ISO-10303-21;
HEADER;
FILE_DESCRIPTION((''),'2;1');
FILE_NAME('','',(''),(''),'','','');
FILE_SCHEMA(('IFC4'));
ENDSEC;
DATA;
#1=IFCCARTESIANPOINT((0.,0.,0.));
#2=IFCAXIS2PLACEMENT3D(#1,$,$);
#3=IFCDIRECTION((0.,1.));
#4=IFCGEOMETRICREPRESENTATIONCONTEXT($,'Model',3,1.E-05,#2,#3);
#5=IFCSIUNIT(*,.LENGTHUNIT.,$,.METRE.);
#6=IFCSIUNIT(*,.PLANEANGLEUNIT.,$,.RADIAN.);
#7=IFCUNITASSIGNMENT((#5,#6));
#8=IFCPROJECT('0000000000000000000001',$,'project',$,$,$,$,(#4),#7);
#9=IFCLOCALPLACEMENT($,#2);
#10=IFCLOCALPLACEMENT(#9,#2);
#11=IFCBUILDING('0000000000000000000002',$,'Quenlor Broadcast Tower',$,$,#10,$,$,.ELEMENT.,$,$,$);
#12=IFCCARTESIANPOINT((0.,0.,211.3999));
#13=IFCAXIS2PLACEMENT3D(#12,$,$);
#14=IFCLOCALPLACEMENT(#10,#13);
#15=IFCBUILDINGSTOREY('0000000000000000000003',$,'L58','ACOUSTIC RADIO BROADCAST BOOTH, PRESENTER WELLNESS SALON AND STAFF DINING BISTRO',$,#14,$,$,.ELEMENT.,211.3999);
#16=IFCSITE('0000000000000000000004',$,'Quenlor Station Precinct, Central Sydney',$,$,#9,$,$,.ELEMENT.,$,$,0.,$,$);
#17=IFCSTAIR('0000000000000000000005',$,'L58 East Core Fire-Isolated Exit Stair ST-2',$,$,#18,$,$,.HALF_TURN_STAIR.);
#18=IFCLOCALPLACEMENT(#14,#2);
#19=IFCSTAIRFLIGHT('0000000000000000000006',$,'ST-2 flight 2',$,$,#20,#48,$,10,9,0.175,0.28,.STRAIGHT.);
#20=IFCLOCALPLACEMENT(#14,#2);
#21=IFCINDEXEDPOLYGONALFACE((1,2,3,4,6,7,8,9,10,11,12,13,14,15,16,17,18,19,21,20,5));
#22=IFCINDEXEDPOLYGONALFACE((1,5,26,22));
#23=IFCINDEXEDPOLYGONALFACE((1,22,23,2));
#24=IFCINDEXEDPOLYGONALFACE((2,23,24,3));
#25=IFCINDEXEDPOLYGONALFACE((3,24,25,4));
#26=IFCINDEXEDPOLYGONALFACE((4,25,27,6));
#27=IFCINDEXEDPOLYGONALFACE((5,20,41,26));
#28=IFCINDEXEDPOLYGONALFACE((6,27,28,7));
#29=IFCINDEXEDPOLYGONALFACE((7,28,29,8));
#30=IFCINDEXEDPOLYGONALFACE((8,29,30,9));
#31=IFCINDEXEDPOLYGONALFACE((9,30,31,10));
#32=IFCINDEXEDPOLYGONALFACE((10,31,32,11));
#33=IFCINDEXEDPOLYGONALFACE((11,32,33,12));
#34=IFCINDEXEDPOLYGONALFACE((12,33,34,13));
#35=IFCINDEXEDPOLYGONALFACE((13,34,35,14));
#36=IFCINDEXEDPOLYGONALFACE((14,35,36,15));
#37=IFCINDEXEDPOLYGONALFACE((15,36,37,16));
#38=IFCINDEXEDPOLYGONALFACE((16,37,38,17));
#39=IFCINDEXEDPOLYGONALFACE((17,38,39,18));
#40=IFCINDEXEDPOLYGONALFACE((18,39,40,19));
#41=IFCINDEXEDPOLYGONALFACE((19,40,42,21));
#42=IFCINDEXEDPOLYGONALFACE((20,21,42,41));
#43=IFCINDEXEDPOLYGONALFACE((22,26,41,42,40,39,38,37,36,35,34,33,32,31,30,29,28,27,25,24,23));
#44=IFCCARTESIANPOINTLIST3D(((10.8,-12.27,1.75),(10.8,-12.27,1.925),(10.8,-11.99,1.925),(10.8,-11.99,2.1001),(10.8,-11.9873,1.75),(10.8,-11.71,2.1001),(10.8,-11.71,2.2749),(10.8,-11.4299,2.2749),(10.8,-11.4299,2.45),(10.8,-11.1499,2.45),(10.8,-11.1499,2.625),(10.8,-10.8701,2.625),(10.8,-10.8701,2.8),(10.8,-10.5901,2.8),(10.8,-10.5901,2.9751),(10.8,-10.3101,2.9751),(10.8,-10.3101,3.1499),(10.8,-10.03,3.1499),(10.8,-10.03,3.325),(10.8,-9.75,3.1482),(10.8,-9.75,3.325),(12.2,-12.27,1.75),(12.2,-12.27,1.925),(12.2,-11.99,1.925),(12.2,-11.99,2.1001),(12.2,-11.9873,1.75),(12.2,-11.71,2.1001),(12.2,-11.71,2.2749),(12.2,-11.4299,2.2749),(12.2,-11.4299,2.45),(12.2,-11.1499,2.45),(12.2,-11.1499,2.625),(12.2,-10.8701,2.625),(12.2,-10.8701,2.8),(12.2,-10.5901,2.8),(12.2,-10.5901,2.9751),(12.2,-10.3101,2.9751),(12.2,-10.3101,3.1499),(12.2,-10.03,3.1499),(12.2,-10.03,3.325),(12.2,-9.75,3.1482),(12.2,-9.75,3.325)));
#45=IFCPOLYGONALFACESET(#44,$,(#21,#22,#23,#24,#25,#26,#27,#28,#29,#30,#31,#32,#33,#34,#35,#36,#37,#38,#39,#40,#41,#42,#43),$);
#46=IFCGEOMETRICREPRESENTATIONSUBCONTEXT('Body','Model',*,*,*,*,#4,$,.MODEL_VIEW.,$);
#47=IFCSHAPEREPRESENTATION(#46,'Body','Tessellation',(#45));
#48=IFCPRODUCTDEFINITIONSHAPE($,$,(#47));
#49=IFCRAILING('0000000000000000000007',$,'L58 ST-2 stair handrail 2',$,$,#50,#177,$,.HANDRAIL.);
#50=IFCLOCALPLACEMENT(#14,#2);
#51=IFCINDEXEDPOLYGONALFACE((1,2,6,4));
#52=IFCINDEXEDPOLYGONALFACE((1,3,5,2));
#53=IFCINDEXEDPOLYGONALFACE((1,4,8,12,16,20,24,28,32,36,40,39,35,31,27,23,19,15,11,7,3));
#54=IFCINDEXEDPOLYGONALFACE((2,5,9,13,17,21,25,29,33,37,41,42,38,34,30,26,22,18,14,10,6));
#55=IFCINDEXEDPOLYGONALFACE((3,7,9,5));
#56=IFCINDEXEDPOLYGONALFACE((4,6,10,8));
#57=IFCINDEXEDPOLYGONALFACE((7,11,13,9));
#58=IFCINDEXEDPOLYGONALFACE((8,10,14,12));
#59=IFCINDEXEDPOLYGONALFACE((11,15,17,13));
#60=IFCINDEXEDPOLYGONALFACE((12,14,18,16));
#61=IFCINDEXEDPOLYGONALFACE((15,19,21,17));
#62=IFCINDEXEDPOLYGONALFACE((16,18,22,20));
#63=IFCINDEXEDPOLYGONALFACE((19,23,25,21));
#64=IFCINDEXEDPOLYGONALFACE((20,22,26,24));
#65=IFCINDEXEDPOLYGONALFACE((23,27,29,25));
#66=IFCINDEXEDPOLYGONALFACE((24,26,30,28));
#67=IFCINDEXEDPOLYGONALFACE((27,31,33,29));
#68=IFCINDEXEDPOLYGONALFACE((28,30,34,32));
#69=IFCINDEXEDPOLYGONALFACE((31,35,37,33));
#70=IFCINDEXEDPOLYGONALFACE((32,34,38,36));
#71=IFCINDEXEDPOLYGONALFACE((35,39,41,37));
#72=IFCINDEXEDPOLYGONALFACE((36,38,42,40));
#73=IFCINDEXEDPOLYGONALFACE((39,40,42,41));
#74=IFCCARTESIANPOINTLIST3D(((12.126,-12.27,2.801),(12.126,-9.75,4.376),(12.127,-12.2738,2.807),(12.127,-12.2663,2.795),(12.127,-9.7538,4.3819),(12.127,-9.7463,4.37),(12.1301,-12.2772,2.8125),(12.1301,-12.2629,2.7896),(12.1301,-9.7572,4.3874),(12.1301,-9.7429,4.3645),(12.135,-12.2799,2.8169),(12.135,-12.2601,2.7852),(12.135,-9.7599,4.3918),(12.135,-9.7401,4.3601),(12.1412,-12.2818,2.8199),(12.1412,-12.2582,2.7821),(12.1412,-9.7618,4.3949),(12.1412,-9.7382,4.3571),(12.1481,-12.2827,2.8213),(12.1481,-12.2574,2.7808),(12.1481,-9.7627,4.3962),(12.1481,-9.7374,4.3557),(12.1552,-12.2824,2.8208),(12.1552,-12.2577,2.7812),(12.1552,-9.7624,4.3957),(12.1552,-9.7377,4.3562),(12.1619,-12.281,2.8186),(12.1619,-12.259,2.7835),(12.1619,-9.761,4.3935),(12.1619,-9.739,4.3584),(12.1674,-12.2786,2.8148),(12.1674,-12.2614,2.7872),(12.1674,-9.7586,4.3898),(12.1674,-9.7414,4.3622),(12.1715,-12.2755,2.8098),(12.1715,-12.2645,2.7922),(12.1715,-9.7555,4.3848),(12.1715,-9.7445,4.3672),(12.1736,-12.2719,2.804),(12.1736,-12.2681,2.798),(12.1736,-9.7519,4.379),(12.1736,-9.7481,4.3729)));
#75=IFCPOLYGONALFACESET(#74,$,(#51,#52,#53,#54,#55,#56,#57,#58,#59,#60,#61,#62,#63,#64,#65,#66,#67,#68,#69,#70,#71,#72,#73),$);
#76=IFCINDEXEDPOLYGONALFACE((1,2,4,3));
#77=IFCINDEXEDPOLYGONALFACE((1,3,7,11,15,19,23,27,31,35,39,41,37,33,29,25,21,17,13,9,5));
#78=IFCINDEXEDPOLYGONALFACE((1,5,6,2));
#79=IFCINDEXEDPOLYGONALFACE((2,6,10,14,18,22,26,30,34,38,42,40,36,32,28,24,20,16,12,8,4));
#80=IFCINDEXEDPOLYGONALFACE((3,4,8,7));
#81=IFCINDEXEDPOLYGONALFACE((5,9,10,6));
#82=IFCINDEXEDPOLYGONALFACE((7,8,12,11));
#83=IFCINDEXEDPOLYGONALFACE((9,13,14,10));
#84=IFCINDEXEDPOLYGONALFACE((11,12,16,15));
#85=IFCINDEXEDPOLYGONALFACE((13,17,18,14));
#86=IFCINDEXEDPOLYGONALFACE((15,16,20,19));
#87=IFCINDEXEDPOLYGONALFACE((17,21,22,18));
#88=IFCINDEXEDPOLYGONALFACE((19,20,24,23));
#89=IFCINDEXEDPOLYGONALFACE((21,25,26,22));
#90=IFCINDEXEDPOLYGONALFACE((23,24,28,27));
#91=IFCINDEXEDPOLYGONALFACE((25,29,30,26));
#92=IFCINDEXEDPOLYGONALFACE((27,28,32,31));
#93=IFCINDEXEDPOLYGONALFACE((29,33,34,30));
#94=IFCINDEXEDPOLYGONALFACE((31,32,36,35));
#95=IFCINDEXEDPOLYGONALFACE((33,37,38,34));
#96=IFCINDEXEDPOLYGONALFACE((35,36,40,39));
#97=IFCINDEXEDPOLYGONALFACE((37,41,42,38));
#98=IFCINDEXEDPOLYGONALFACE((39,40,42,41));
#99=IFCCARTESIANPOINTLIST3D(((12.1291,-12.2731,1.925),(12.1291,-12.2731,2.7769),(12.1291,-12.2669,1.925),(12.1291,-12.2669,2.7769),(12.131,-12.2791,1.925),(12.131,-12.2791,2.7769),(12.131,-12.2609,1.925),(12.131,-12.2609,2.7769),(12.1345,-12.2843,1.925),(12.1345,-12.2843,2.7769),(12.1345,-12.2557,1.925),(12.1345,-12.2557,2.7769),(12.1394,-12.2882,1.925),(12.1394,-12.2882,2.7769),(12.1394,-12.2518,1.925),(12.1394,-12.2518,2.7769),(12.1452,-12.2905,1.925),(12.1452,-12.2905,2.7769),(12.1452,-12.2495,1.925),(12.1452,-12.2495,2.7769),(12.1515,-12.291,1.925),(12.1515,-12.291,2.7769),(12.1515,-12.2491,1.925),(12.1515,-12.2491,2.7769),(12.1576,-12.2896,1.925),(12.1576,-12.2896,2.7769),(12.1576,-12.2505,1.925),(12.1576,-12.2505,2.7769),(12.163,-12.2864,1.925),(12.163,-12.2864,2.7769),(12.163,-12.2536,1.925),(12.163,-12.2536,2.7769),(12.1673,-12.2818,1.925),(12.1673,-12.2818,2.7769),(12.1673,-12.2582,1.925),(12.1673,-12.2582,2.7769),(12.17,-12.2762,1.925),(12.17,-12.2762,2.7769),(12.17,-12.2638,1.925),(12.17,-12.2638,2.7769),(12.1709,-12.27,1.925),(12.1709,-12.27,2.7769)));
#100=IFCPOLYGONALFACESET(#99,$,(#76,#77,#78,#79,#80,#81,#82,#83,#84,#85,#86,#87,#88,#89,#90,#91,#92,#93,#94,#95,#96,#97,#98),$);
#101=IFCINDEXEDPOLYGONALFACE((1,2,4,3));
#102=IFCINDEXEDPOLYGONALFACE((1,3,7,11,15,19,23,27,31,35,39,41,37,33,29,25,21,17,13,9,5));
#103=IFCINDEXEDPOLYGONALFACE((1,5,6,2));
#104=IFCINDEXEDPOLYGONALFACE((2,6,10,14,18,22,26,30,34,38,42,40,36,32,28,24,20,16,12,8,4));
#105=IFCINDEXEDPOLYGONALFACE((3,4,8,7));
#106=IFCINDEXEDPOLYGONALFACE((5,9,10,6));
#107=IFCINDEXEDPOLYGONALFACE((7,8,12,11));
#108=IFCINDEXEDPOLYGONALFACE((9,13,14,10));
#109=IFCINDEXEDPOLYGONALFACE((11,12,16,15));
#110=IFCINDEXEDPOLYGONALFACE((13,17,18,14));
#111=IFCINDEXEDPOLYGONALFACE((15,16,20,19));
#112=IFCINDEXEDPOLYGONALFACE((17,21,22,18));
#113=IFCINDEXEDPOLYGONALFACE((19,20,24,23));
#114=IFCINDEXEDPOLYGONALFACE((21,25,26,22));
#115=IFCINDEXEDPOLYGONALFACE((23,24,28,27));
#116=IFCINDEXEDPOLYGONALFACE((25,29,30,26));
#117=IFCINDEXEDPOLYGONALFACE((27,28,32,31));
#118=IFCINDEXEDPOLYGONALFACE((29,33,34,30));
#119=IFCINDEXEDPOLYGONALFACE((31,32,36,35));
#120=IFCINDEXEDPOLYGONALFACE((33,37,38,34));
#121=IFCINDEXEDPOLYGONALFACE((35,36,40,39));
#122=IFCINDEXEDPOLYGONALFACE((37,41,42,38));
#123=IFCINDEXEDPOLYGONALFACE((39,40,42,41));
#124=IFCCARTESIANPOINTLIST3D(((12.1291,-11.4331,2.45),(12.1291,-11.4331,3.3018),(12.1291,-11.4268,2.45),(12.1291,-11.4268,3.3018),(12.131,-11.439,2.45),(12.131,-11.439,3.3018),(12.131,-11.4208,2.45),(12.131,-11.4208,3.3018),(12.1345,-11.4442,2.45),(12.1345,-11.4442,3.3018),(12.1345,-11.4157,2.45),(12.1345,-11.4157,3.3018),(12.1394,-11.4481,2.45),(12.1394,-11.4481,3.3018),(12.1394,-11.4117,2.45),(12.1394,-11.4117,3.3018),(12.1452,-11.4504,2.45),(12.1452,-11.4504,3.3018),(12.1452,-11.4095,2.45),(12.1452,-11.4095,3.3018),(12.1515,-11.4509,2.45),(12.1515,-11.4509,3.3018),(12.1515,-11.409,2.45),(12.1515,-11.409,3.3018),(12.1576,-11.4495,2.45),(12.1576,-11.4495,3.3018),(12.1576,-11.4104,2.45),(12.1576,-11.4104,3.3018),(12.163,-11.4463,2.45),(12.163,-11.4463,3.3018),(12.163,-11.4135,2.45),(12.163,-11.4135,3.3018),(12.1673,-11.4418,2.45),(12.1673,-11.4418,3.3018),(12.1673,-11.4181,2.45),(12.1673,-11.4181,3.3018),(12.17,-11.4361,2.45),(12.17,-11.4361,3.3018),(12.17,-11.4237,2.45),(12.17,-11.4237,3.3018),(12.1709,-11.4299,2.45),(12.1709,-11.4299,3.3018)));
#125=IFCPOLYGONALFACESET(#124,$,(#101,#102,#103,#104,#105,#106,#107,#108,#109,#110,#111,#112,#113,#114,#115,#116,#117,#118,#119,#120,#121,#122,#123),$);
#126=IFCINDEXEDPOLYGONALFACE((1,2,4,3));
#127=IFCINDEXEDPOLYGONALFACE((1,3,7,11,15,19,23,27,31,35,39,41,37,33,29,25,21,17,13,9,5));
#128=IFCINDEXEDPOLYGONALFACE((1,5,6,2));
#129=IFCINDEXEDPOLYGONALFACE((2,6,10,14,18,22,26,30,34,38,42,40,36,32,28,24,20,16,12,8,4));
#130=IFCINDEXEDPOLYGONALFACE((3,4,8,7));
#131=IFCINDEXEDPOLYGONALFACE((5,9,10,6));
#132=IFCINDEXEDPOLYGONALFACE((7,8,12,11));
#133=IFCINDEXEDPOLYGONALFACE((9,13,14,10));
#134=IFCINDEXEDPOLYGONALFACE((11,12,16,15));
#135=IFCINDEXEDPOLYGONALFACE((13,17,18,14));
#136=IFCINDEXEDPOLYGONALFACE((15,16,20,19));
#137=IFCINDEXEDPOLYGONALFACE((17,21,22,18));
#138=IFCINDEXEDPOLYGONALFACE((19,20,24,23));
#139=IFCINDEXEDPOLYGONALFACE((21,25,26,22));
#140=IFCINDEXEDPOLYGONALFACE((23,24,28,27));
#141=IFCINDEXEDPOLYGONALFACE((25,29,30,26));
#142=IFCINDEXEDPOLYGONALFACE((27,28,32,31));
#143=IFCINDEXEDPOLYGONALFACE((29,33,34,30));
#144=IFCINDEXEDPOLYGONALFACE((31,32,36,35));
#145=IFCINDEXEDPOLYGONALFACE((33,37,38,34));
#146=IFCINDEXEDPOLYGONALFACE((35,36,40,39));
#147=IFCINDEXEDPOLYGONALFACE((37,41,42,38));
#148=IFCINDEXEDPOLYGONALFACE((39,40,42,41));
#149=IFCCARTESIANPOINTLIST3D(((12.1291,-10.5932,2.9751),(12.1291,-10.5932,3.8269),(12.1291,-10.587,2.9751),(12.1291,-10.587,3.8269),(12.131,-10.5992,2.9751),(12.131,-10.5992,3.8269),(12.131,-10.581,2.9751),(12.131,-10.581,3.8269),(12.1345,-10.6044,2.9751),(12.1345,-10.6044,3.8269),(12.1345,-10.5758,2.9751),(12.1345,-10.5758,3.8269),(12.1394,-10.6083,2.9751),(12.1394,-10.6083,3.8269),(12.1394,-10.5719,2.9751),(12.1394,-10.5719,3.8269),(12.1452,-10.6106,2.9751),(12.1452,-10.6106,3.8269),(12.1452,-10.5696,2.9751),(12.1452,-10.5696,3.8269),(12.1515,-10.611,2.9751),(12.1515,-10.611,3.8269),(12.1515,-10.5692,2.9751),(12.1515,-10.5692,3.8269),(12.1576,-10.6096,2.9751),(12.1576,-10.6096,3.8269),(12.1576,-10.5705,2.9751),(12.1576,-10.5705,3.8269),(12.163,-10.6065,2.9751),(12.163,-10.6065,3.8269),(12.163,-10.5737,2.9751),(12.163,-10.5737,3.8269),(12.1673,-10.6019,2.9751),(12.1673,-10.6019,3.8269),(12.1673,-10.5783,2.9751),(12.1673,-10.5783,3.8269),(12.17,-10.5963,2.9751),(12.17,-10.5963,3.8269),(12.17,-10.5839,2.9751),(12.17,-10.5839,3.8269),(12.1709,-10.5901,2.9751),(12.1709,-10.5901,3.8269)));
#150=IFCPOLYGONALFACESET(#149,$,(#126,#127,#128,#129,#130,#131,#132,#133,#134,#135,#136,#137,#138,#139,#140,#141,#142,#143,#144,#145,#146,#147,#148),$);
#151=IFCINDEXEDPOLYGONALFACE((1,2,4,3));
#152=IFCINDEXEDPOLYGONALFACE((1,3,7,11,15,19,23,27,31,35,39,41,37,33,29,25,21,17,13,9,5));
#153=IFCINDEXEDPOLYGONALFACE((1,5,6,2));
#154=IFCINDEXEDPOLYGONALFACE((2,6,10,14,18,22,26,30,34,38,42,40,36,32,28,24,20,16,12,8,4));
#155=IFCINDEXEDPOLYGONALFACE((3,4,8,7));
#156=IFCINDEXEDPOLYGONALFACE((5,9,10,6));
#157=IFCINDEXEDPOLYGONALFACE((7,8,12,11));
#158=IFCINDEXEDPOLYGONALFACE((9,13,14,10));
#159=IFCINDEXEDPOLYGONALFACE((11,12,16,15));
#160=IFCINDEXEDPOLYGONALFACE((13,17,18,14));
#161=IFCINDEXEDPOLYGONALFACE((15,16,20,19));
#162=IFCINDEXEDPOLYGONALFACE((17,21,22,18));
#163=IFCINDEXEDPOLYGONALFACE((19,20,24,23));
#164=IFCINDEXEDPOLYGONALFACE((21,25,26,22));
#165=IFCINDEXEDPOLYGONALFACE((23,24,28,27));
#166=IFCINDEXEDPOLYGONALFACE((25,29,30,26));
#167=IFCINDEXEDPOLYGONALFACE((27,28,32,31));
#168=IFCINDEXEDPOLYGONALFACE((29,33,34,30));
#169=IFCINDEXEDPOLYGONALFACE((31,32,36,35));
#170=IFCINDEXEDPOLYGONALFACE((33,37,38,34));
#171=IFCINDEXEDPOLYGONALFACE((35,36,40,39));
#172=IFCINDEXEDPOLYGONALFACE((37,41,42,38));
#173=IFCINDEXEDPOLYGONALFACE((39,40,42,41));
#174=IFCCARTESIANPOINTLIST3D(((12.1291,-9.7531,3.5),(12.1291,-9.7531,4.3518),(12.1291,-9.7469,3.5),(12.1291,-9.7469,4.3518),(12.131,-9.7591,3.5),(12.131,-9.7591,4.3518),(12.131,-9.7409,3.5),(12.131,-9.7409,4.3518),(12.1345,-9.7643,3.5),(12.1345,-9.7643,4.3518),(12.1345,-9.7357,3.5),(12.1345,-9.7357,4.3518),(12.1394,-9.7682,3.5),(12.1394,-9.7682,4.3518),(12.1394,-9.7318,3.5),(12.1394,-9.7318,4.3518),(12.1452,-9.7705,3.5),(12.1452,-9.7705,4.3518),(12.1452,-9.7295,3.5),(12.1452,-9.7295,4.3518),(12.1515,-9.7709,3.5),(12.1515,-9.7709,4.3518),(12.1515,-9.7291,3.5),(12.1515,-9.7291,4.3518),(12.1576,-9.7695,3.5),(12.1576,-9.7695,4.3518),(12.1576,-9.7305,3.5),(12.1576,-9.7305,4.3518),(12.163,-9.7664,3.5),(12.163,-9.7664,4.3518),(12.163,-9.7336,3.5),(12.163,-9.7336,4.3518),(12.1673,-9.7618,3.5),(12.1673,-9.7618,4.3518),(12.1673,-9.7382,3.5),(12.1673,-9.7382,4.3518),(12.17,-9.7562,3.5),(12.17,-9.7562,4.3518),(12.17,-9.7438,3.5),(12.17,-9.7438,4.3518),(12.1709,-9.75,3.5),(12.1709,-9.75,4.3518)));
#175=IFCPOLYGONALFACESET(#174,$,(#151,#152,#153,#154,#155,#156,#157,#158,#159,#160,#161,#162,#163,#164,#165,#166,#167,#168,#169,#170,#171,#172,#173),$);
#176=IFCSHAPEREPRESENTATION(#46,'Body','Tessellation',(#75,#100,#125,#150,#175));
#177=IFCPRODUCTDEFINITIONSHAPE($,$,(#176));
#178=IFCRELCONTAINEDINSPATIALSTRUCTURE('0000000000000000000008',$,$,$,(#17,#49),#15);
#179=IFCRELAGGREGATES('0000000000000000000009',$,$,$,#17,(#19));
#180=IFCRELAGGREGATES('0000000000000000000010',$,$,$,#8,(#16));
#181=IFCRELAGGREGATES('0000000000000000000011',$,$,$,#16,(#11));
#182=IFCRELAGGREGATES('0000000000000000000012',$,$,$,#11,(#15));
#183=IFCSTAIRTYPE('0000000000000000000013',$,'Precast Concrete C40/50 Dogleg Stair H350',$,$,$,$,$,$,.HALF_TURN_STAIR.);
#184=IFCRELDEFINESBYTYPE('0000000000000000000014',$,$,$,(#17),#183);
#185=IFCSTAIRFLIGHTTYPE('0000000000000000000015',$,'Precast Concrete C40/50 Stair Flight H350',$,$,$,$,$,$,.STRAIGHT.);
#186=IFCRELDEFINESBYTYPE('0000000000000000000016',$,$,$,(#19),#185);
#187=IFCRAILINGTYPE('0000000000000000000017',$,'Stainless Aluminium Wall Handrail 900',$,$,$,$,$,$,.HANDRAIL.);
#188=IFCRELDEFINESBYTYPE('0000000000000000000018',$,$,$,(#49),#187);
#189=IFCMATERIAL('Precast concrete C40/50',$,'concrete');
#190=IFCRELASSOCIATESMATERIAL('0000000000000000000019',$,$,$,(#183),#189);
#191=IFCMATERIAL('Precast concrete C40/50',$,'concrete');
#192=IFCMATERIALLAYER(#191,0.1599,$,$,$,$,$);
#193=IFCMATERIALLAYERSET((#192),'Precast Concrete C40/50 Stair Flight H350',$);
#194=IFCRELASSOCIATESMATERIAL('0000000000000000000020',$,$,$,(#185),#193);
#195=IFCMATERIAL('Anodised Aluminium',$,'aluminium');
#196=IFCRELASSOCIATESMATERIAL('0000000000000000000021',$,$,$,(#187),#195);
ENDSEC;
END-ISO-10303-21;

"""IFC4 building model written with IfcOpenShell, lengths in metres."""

from ifc_helpers import new_model, si_unit, direction, frame, origin, origin_2d, place, context, subcontext, project, spatial, polyline, circle, outline, extrude, material, layer, layer_set, type_object, element, aggregate, save


model = new_model("IFC4")

# Units and contexts
model_context = context("Model", 3, precision=1e-05, world=origin(), true_north=direction((0.0, 1.0)))
body_context = subcontext(model_context, "Body", "Model", "MODEL_VIEW")
ifc_project = project(units=[si_unit("LENGTHUNIT", "METRE"), si_unit("PLANEANGLEUNIT", "RADIAN")], contexts=[model_context])

# Site, building, storey
site_placement = place(None, origin())
site = spatial("IfcSite", under=ifc_project, at=site_placement, Name="Quenlor Station Precinct, Central Sydney", CompositionType="ELEMENT", RefElevation=0.0)
building_placement = place(site_placement, origin())
building = spatial("IfcBuilding", under=site, at=building_placement, Name="Quenlor Broadcast Tower", CompositionType="ELEMENT")
storey_placement = place(building_placement, frame((0.0, 0.0, 211.3999)))
storey = spatial("IfcBuildingStorey", under=building, at=storey_placement, Name="L58", Description="ACOUSTIC RADIO BROADCAST BOOTH, PRESENTER WELLNESS SALON AND STAFF DINING BISTRO", CompositionType="ELEMENT", Elevation=211.3999)

# Stair, stair flight
ifc_material_1 = material(Name="Precast concrete C40/50", Category="concrete")
stair_type = type_object("IfcStairType", Name="Precast Concrete C40/50 Dogleg Stair H350", PredefinedType="HALF_TURN_STAIR", material=ifc_material_1)
stair_placement = place(storey_placement, origin())
stair = element("IfcStair", 1, at=stair_placement, inside=storey, type_object=stair_type, Name="L58 East Core Fire-Isolated Exit Stair ST-2", PredefinedType="HALF_TURN_STAIR")
ifc_material_2 = material(Name="Precast concrete C40/50", Category="concrete")
ifc_layer_1 = layer(ifc_material_2, 0.1599)
ifc_layer_set_1 = layer_set([ifc_layer_1], Name="Precast Concrete C40/50 Stair Flight H350")
stair_flight_type = type_object("IfcStairFlightType", Name="Precast Concrete C40/50 Stair Flight H350", PredefinedType="STRAIGHT", material=ifc_layer_set_1)
stair_flight_placement = place(storey_placement, frame((11.5, -12.27, 1.75), z_axis=(0.0, 0.0, 1.0), x_axis=(0.0, 1.0, 0.0)))
stair_flight = element("IfcStairFlight", 2, at=stair_flight_placement, type_object=stair_flight_type, Name="ST-2 flight 2", NumberOfRisers=10, NumberOfTreads=9, PredefinedType="STRAIGHT", RiserHeight=0.175, TreadLength=0.28, context=body_context, shape_type="SweptSolid", body=[
    extrude(outline(polyline([(0.0, 0.0), (0.0, 0.175), (0.28, 0.175), (0.28, 0.3501), (0.5601, 0.3501), (0.5601, 0.5249), (0.8401, 0.5249), (0.8401, 0.7), (1.1201, 0.7), (1.1201, 0.875), (1.3999, 0.875), (1.3999, 1.05), (1.6799, 1.05), (1.6799, 1.2251), (1.96, 1.2251), (1.96, 1.3999), (2.24, 1.3999), (2.24, 1.575), (2.52, 1.575), (2.52, 1.75), (2.52, 1.3982), (0.2827, 0.0), (0.0, 0.0)])), frame((0.0, 0.7, 0.0), z_axis=(0.0, -1.0, 0.0), x_axis=(1.0, 0.0, 0.0)), (0.0, 0.0, 1.0), 1.3999),
])
aggregate(stair, [stair_flight])

# Railing
ifc_material_3 = material(Name="Anodised Aluminium", Category="aluminium")
railing_type_1 = type_object("IfcRailingType", Name="Stainless Aluminium Wall Handrail 900", PredefinedType="HANDRAIL", material=ifc_material_3)
railing_1_placement = place(storey_placement, frame((12.1499, -12.27, 1.925)))
element("IfcRailing", 3, at=railing_1_placement, inside=storey, type_object=railing_type_1, Name="L58 ST-2 stair handrail 2", PredefinedType="HANDRAIL", context=body_context, shape_type="SweptSolid", body=[
    extrude(circle(Radius=0.0239, at=origin_2d()), frame((0.0, 0.0, 0.876), z_axis=(0.0, 0.848008, 0.529984), x_axis=(-1.0, 0.0, 0.0)), (0.0, 0.0, 1.0), 2.9717),
    extrude(circle(Radius=0.021, at=origin_2d()), origin(), (0.0, 0.0, 1.0), 0.8518),
    extrude(circle(Radius=0.021, at=origin_2d()), frame((0.0, 0.8401, 0.5249)), (0.0, 0.0, 1.0), 0.8518),
    extrude(circle(Radius=0.021, at=origin_2d()), frame((0.0, 1.6799, 1.05)), (0.0, 0.0, 1.0), 0.8518),
    extrude(circle(Radius=0.021, at=origin_2d()), frame((0.0, 2.52, 1.575)), (0.0, 0.0, 1.0), 0.8518),
])

save(model, "model.ifc")
